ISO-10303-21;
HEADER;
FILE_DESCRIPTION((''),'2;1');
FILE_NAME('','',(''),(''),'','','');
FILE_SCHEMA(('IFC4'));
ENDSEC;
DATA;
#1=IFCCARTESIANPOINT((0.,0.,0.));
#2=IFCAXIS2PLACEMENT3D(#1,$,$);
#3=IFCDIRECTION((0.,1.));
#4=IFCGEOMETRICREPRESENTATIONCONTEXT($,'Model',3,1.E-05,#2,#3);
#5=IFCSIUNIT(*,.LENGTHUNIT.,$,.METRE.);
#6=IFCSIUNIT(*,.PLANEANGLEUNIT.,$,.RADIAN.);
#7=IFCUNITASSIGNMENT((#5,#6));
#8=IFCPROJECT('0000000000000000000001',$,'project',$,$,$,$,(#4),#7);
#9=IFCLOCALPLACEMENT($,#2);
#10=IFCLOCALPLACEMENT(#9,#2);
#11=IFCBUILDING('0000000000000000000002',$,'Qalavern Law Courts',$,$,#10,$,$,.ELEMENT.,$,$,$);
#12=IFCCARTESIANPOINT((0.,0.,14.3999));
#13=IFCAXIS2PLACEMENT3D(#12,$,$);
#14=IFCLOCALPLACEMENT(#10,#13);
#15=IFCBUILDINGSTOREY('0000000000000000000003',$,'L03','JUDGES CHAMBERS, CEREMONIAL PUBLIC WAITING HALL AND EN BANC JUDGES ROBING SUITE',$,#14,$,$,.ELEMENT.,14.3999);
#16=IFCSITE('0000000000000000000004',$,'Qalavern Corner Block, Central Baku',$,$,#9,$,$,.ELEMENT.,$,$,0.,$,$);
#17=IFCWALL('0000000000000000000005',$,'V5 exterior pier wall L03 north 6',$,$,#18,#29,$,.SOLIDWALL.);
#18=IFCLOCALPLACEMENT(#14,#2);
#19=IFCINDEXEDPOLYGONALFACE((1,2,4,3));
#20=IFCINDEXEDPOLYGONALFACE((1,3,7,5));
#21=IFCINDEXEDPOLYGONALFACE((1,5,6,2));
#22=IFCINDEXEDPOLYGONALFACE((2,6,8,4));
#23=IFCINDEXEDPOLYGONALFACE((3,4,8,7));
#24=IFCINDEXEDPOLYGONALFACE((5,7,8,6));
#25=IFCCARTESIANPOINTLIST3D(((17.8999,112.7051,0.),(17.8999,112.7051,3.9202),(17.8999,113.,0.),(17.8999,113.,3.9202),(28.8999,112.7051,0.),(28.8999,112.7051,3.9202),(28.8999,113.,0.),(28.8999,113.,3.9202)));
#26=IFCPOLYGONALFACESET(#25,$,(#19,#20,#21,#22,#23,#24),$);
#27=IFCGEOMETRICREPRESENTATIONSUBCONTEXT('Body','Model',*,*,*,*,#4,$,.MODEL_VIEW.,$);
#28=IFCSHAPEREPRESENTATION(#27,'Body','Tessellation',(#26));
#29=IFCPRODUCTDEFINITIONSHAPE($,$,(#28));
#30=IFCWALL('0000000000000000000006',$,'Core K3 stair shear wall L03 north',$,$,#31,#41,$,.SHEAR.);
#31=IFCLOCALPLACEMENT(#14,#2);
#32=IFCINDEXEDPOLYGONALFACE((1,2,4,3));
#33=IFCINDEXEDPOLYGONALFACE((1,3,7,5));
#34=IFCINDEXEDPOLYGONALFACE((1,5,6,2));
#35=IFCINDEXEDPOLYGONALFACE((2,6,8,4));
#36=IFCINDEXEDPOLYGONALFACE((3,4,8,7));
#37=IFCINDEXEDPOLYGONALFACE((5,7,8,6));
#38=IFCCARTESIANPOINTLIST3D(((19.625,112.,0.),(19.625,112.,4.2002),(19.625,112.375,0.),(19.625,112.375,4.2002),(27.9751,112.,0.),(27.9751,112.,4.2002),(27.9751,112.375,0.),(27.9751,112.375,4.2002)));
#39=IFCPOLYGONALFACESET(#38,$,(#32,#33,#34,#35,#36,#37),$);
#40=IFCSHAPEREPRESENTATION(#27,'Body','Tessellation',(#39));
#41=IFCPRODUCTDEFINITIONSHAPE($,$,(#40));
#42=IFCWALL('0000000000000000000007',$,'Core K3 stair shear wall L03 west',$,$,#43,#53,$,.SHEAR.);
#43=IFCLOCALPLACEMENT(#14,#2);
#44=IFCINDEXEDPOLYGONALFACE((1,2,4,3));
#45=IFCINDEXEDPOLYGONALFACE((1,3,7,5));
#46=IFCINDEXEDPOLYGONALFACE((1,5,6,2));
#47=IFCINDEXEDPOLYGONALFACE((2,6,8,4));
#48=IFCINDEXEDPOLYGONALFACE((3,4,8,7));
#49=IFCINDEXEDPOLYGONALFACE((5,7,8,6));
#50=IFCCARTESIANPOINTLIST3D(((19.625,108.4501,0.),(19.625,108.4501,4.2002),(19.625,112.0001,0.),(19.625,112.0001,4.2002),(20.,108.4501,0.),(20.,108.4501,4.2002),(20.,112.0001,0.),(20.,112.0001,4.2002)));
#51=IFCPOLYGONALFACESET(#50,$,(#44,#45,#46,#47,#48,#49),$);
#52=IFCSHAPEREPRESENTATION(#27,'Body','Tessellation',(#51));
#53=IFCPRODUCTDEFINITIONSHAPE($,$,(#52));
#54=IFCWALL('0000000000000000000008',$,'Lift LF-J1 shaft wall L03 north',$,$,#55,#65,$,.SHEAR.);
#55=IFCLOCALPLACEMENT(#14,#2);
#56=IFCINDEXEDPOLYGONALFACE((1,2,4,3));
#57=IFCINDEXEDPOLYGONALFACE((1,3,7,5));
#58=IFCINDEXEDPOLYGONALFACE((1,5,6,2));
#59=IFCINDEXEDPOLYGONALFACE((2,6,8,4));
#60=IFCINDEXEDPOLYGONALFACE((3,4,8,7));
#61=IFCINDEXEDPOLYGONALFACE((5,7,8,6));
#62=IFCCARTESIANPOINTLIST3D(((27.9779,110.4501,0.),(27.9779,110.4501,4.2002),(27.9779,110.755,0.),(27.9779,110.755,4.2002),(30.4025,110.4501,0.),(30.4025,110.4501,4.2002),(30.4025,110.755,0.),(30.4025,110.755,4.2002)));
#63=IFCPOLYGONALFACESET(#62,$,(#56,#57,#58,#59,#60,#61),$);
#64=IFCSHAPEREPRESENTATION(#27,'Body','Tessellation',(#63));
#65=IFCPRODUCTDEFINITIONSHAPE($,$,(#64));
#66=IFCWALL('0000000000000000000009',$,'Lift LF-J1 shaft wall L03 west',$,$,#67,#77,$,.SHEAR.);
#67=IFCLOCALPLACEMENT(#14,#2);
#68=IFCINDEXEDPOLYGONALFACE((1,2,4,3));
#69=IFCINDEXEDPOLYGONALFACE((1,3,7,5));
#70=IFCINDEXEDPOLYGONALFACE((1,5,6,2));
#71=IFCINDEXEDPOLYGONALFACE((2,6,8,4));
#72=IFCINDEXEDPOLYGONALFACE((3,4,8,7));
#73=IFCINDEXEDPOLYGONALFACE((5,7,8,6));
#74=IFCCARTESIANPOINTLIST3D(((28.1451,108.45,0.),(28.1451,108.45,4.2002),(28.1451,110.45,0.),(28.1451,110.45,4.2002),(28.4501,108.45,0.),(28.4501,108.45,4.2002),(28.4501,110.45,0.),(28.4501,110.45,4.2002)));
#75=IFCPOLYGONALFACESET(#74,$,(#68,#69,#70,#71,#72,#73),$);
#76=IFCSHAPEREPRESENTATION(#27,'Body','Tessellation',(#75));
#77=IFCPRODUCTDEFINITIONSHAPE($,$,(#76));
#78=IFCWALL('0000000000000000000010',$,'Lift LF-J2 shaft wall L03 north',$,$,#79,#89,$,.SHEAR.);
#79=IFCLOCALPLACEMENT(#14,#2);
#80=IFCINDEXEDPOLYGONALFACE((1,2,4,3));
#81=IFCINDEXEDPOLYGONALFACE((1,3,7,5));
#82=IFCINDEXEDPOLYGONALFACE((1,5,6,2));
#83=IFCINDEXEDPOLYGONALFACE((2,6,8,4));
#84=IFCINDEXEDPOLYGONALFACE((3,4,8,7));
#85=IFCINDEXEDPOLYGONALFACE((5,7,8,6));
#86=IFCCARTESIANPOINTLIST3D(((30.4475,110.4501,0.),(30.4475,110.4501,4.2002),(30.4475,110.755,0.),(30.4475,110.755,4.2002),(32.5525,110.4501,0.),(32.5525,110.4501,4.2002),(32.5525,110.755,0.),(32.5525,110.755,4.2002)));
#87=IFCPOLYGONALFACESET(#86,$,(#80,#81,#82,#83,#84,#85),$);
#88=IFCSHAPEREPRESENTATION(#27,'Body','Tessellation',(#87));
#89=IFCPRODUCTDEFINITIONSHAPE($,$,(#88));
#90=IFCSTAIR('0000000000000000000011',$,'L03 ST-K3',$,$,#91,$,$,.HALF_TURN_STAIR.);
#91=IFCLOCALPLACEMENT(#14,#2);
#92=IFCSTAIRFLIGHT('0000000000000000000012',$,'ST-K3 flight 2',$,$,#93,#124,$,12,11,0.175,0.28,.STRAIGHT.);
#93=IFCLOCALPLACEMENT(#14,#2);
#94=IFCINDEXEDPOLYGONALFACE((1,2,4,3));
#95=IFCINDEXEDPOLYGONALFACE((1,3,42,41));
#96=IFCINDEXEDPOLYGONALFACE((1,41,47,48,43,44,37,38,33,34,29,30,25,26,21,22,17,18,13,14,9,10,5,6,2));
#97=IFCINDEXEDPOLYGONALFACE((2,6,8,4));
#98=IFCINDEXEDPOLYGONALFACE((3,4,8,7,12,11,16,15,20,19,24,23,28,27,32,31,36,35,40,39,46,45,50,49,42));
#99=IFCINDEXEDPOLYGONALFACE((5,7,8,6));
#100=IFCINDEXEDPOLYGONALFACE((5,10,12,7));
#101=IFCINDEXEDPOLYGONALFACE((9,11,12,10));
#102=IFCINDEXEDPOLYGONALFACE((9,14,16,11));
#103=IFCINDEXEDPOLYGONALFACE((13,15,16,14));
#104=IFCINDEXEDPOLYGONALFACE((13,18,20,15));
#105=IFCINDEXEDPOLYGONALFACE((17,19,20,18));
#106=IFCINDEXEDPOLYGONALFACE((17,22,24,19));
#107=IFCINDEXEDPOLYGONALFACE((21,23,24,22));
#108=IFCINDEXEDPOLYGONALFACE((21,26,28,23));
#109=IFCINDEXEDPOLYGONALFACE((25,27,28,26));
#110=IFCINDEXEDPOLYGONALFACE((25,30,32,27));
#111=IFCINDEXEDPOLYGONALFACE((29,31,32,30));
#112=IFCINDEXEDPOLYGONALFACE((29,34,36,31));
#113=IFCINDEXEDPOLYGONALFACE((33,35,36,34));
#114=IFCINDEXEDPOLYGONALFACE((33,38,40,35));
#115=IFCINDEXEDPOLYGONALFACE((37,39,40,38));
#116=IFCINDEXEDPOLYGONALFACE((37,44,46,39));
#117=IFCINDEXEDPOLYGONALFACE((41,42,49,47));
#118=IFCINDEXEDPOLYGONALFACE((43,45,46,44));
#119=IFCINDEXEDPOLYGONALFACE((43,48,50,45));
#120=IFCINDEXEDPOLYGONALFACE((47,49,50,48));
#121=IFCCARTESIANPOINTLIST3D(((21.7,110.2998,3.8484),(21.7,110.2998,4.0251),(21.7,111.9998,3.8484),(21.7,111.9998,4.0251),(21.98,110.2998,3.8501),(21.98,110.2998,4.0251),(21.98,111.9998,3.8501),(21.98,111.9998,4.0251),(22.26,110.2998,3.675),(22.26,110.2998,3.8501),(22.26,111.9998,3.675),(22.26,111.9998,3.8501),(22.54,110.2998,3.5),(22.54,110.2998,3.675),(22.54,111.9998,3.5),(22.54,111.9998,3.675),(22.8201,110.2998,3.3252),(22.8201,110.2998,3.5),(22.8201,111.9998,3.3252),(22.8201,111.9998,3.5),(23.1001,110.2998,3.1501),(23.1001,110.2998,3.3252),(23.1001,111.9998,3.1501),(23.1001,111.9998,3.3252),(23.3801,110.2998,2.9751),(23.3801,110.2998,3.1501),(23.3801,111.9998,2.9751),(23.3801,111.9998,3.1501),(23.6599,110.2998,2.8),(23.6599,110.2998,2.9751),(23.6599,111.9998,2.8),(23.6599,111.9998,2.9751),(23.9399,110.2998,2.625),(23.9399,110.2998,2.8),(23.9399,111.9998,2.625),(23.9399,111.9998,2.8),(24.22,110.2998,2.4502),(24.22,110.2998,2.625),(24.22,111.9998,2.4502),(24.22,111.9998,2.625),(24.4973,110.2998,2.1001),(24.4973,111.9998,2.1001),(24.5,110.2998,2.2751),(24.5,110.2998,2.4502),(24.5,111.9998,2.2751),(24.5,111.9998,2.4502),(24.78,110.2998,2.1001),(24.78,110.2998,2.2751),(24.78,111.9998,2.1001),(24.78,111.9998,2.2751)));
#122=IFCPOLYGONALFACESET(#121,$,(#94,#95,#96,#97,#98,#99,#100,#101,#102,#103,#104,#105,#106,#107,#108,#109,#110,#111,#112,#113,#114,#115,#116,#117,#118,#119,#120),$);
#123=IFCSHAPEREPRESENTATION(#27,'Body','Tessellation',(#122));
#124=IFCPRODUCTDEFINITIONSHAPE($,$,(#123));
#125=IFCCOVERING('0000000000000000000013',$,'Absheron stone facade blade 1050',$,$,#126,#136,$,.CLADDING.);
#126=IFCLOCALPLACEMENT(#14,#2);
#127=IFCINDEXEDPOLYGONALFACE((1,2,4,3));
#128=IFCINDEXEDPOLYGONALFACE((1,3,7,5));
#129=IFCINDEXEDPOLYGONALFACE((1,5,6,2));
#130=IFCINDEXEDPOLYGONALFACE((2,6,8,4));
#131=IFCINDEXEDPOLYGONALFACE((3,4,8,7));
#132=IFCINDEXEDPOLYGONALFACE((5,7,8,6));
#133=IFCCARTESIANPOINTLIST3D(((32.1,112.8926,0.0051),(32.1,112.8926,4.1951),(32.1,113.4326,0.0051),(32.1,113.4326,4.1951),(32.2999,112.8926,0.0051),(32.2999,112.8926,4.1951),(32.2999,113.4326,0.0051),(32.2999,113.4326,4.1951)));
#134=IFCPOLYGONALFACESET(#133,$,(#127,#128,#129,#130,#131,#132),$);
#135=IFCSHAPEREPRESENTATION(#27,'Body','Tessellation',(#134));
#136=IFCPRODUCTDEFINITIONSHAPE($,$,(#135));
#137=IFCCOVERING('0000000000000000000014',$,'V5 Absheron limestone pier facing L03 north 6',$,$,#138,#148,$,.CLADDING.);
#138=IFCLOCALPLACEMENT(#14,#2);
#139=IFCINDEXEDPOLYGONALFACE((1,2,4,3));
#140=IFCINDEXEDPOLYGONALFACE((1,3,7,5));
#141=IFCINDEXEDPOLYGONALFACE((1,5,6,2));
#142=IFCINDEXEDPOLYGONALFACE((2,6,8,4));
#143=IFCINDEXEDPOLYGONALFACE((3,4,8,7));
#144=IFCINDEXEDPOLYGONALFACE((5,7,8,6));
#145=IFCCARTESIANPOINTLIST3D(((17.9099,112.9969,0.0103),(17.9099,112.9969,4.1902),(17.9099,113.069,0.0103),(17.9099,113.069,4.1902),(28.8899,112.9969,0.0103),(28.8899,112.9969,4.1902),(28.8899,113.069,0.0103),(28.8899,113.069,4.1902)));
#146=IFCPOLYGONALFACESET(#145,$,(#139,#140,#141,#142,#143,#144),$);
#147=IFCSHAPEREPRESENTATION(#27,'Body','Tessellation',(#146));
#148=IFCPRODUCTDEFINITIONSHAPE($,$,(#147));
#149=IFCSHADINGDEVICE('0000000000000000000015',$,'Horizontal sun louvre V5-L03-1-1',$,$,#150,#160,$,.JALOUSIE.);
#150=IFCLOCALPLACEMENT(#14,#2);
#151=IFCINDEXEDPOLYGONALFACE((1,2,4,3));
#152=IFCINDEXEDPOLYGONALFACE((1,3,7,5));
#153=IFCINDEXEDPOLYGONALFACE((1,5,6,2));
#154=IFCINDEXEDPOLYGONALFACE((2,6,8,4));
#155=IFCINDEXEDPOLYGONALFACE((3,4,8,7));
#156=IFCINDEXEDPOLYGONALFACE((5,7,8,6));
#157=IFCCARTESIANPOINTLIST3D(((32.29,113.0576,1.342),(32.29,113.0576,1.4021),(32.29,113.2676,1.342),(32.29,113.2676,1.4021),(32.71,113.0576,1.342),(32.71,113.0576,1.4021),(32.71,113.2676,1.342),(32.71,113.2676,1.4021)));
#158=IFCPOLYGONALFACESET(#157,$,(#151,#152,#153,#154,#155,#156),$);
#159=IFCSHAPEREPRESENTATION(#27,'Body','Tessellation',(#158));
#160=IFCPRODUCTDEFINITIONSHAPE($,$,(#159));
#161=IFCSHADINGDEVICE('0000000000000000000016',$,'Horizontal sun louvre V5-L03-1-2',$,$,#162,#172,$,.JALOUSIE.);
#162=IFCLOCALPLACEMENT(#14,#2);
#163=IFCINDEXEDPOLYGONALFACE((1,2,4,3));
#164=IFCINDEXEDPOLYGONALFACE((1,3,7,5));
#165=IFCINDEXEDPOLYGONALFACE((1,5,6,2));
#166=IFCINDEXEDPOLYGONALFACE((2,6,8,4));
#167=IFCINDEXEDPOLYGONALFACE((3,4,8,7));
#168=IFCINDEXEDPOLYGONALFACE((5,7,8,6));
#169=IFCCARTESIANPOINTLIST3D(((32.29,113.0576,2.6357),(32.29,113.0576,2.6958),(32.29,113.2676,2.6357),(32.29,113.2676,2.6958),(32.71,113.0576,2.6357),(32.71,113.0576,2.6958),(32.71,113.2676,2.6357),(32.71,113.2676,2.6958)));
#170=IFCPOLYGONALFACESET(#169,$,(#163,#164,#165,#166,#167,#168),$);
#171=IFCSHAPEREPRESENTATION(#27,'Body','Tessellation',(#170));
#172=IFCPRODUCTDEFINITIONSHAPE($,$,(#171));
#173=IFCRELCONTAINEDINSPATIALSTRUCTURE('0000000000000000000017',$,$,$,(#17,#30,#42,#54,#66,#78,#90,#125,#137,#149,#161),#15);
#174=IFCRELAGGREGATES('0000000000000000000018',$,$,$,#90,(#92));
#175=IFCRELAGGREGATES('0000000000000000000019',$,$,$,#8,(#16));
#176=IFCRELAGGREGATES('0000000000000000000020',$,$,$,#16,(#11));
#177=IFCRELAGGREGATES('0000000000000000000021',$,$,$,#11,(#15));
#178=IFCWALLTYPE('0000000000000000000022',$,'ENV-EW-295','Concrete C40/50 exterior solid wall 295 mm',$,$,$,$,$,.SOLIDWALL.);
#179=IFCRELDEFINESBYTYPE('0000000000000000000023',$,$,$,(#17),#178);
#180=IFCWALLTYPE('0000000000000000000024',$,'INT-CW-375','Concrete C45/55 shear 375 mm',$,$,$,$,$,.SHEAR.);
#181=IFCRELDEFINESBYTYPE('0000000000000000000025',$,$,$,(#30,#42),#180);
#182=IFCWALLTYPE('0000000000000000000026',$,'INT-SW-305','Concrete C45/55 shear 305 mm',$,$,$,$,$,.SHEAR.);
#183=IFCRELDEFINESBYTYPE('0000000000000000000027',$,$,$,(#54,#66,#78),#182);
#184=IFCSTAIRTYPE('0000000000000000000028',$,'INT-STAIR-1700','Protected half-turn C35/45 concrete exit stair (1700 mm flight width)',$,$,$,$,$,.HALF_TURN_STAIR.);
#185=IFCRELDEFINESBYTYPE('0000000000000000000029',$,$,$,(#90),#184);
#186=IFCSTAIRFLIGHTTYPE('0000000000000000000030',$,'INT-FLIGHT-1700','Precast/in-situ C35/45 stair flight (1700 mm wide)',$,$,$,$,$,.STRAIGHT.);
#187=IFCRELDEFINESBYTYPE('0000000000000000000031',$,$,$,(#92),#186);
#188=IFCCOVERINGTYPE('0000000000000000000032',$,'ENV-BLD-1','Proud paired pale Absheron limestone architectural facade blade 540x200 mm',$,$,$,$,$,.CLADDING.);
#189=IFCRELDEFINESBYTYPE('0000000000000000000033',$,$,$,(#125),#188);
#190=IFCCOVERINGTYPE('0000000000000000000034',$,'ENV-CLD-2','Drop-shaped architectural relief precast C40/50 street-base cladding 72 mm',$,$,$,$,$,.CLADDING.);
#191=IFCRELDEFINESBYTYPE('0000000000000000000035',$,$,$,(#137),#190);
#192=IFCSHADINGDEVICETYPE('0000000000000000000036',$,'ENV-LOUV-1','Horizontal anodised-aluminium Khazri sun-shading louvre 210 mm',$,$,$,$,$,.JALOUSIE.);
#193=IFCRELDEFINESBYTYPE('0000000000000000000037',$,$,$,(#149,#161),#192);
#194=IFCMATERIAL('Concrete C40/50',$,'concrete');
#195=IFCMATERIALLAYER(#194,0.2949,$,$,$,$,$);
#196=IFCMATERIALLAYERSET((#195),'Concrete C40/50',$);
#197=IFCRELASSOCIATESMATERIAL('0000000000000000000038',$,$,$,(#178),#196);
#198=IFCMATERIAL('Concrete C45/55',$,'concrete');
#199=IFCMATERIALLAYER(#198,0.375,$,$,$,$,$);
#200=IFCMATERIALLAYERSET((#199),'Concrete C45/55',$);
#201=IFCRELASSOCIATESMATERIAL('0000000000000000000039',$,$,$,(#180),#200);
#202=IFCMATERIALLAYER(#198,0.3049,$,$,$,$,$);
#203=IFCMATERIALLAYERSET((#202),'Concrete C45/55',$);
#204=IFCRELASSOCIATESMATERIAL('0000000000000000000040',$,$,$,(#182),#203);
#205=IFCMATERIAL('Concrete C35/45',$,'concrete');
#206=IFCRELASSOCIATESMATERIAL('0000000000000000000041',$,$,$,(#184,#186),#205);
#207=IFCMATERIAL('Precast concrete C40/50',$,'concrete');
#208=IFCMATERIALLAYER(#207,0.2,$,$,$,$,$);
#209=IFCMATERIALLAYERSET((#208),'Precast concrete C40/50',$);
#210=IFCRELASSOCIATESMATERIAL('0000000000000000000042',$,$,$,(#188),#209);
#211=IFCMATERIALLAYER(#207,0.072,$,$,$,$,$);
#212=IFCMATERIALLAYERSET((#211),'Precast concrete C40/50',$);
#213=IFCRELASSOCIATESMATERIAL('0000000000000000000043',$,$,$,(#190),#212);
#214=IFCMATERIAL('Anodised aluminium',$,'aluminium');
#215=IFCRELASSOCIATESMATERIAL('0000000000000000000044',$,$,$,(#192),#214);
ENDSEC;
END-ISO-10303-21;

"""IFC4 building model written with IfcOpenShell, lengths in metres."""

from ifc_helpers import new_model, si_unit, direction, frame, frame_2d, origin, origin_2d, place, context, subcontext, project, spatial, polyline, rectangle, outline, extrude, material, layer, layer_set, type_object, element, aggregate, save


model = new_model("IFC4")

# Units and contexts
model_context = context("Model", 3, precision=1e-05, world=origin(), true_north=direction((0.0, 1.0)))
body_context = subcontext(model_context, "Body", "Model", "MODEL_VIEW")
ifc_project = project(units=[si_unit("LENGTHUNIT", "METRE"), si_unit("PLANEANGLEUNIT", "RADIAN")], contexts=[model_context])

# Site, building, storey
site_placement = place(None, origin())
site = spatial("IfcSite", under=ifc_project, at=site_placement, Name="Qalavern Corner Block, Central Baku", CompositionType="ELEMENT", RefElevation=0.0)
building_placement = place(site_placement, origin())
building = spatial("IfcBuilding", under=site, at=building_placement, Name="Qalavern Law Courts", CompositionType="ELEMENT")
storey_placement = place(building_placement, frame((0.0, 0.0, 14.3999)))
storey = spatial("IfcBuildingStorey", under=building, at=storey_placement, Name="L03", Description="JUDGES CHAMBERS, CEREMONIAL PUBLIC WAITING HALL AND EN BANC JUDGES ROBING SUITE", CompositionType="ELEMENT", Elevation=14.3999)

# Shared definitions
ifc_material_1 = material(Name="Concrete C45/55", Category="concrete")

# Shared definitions
ifc_material_2 = material(Name="Anodised aluminium", Category="aluminium")

# Shared definitions
ifc_material_3 = material(Name="Concrete C40/50", Category="concrete")

# Walls
ifc_layer_1 = layer(ifc_material_3, 0.2949)
ifc_layer_set_1 = layer_set([ifc_layer_1], Name="Concrete C40/50")
wall_type_1 = type_object("IfcWallType", Name="ENV-EW-295", Description="Concrete C40/50 exterior solid wall 295 mm", PredefinedType="SOLIDWALL", material=ifc_layer_set_1)
wall_1_placement = place(storey_placement, frame((28.8999, 112.8525, 0.0), z_axis=(0.0, 0.0, 1.0), x_axis=(-1.0, 0.0, 0.0)))
element("IfcWall", 1, at=wall_1_placement, inside=storey, type_object=wall_type_1, Name="V5 exterior pier wall L03 north 6", PredefinedType="SOLIDWALL", context=body_context, shape_type="SweptSolid", body=[
    extrude(rectangle(XDim=11.0, YDim=0.2949, at=frame_2d((5.5, 0.0))), origin(), (0.0, 0.0, 1.0), 3.9202),
])
ifc_layer_2 = layer(ifc_material_1, 0.375)
ifc_layer_set_2 = layer_set([ifc_layer_2], Name="Concrete C45/55")
wall_type_2 = type_object("IfcWallType", Name="INT-CW-375", Description="Concrete C45/55 shear 375 mm", PredefinedType="SHEAR", material=ifc_layer_set_2)
wall_2_placement = place(storey_placement, frame((27.9751, 112.1875, 0.0), z_axis=(0.0, 0.0, 1.0), x_axis=(-1.0, 0.0, 0.0)))
element("IfcWall", 2, at=wall_2_placement, inside=storey, type_object=wall_type_2, Name="Core K3 stair shear wall L03 north", PredefinedType="SHEAR", context=body_context, shape_type="SweptSolid", body=[
    extrude(rectangle(XDim=8.3501, YDim=0.375, at=frame_2d((4.175, 0.0))), origin(), (0.0, 0.0, 1.0), 4.2002),
])
wall_3_placement = place(storey_placement, frame((19.8125, 112.0, 0.0), z_axis=(0.0, 0.0, 1.0), x_axis=(0.0, -1.0, 0.0)))
element("IfcWall", 3, at=wall_3_placement, inside=storey, type_object=wall_type_2, Name="Core K3 stair shear wall L03 west", PredefinedType="SHEAR", context=body_context, shape_type="SweptSolid", body=[
    extrude(rectangle(XDim=3.55, YDim=0.375, at=frame_2d((1.7749, 0.0))), origin(), (0.0, 0.0, 1.0), 4.2002),
])
ifc_layer_3 = layer(ifc_material_1, 0.3049)
ifc_layer_set_3 = layer_set([ifc_layer_3], Name="Concrete C45/55")
wall_type_3 = type_object("IfcWallType", Name="INT-SW-305", Description="Concrete C45/55 shear 305 mm", PredefinedType="SHEAR", material=ifc_layer_set_3)
wall_4_placement = place(storey_placement, frame((30.4026, 110.6025, 0.0), z_axis=(0.0, 0.0, 1.0), x_axis=(-1.0, 0.0, 0.0)))
element("IfcWall", 4, at=wall_4_placement, inside=storey, type_object=wall_type_3, Name="Lift LF-J1 shaft wall L03 north", PredefinedType="SHEAR", context=body_context, shape_type="SweptSolid", body=[
    extrude(rectangle(XDim=2.4246, YDim=0.3049, at=frame_2d((1.2124, 0.0))), origin(), (0.0, 0.0, 1.0), 4.2002),
])
wall_5_placement = place(storey_placement, frame((28.2976, 110.45, 0.0), z_axis=(0.0, 0.0, 1.0), x_axis=(0.0, -1.0, 0.0)))
element("IfcWall", 5, at=wall_5_placement, inside=storey, type_object=wall_type_3, Name="Lift LF-J1 shaft wall L03 west", PredefinedType="SHEAR", context=body_context, shape_type="SweptSolid", body=[
    extrude(rectangle(XDim=2.0, YDim=0.3049, at=frame_2d((1.0, 0.0))), origin(), (0.0, 0.0, 1.0), 4.2002),
])
wall_6_placement = place(storey_placement, frame((32.5525, 110.6025, 0.0), z_axis=(0.0, 0.0, 1.0), x_axis=(-1.0, 0.0, 0.0)))
element("IfcWall", 6, at=wall_6_placement, inside=storey, type_object=wall_type_3, Name="Lift LF-J2 shaft wall L03 north", PredefinedType="SHEAR", context=body_context, shape_type="SweptSolid", body=[
    extrude(rectangle(XDim=2.105, YDim=0.3049, at=frame_2d((1.0525, 0.0))), origin(), (0.0, 0.0, 1.0), 4.2002),
])

# Stair, stair flight
ifc_material_4 = material(Name="Concrete C35/45", Category="concrete")
stair_type = type_object("IfcStairType", Name="INT-STAIR-1700", Description="Protected half-turn C35/45 concrete exit stair (1700 mm flight width)", PredefinedType="HALF_TURN_STAIR", material=ifc_material_4)
stair_placement = place(storey_placement, origin())
stair = element("IfcStair", 7, at=stair_placement, inside=storey, type_object=stair_type, Name="L03 ST-K3", PredefinedType="HALF_TURN_STAIR")
stair_flight_type = type_object("IfcStairFlightType", Name="INT-FLIGHT-1700", Description="Precast/in-situ C35/45 stair flight (1700 mm wide)", PredefinedType="STRAIGHT", material=ifc_material_4)
stair_flight_placement = place(storey_placement, frame((24.78, 111.1499, 2.1001), z_axis=(0.0, 0.0, 1.0), x_axis=(-1.0, 0.0, 0.0)))
stair_flight = element("IfcStairFlight", 8, at=stair_flight_placement, type_object=stair_flight_type, Name="ST-K3 flight 2", NumberOfRisers=12, NumberOfTreads=11, PredefinedType="STRAIGHT", RiserHeight=0.175, TreadLength=0.28, context=body_context, shape_type="SweptSolid", body=[
    extrude(outline(polyline([(0.0, 0.0), (0.0, 0.175), (0.28, 0.175), (0.28, 0.3501), (0.5601, 0.3501), (0.5601, 0.5249), (0.8401, 0.5249), (0.8401, 0.7), (1.1201, 0.7), (1.1201, 0.875), (1.3999, 0.875), (1.3999, 1.05), (1.6799, 1.05), (1.6799, 1.2251), (1.96, 1.2251), (1.96, 1.3999), (2.24, 1.3999), (2.24, 1.575), (2.52, 1.575), (2.52, 1.75), (2.8, 1.75), (2.8, 1.925), (3.0801, 1.925), (3.0801, 2.1001), (3.0801, 1.7483), (0.2827, 0.0), (0.0, 0.0)])), frame((0.0, 0.8501, 0.0), z_axis=(0.0, -1.0, 0.0), x_axis=(1.0, 0.0, 0.0)), (0.0, 0.0, 1.0), 1.7),
])
aggregate(stair, [stair_flight])

# Coverings
ifc_material_5 = material(Name="Precast concrete C40/50", Category="concrete")
ifc_layer_4 = layer(ifc_material_5, 0.2)
ifc_layer_set_4 = layer_set([ifc_layer_4], Name="Precast concrete C40/50")
covering_type_1 = type_object("IfcCoveringType", Name="ENV-BLD-1", Description="Proud paired pale Absheron limestone architectural facade blade 540x200 mm", PredefinedType="CLADDING", material=ifc_layer_set_4)
covering_1_placement = place(storey_placement, frame((32.2, 113.1626, 0.0051), z_axis=(0.0, 0.0, 1.0), x_axis=(0.0, 1.0, 0.0)))
element("IfcCovering", 9, at=covering_1_placement, inside=storey, type_object=covering_type_1, Name="Absheron stone facade blade 1050", PredefinedType="CLADDING", context=body_context, shape_type="SweptSolid", body=[
    extrude(rectangle(XDim=0.54, YDim=0.2, at=origin_2d()), origin(), (0.0, 0.0, 1.0), 4.1899),
])
ifc_layer_5 = layer(ifc_material_5, 0.072)
ifc_layer_set_5 = layer_set([ifc_layer_5], Name="Precast concrete C40/50")
covering_type_2 = type_object("IfcCoveringType", Name="ENV-CLD-2", Description="Drop-shaped architectural relief precast C40/50 street-base cladding 72 mm", PredefinedType="CLADDING", material=ifc_layer_set_5)
covering_2_placement = place(storey_placement, frame((23.3999, 113.033, 0.0103), z_axis=(0.0, 0.0, 1.0), x_axis=(-1.0, 0.0, 0.0)))
element("IfcCovering", 10, at=covering_2_placement, inside=storey, type_object=covering_type_2, Name="V5 Absheron limestone pier facing L03 north 6", PredefinedType="CLADDING", context=body_context, shape_type="SweptSolid", body=[
    extrude(rectangle(XDim=10.98, YDim=0.072, at=origin_2d()), origin(), (0.0, 0.0, 1.0), 4.1799),
])

# Shading devices
shading_device_type = type_object("IfcShadingDeviceType", Name="ENV-LOUV-1", Description="Horizontal anodised-aluminium Khazri sun-shading louvre 210 mm", PredefinedType="JALOUSIE", material=ifc_material_2)
for number, where, z_axis, x_axis, name in (
    (11, (32.5, 113.1626, 1.342), (0.0, 0.0, 1.0), (-1.0, 0.0, 0.0), "Horizontal sun louvre V5-L03-1-1"),
    (12, (32.5, 113.1626, 2.6357), (0.0, 0.0, 1.0), (-1.0, 0.0, 0.0), "Horizontal sun louvre V5-L03-1-2"),
):
    element("IfcShadingDevice", number, at=place(storey_placement, frame(where, z_axis=z_axis, x_axis=x_axis)), inside=storey, type_object=shading_device_type, Name=name, PredefinedType="JALOUSIE", context=body_context, shape_type="SweptSolid", body=[
        extrude(rectangle(XDim=0.4199, YDim=0.21, at=origin_2d()), origin(), (0.0, 0.0, 1.0), 0.0601),
    ])

save(model, "model.ifc")
